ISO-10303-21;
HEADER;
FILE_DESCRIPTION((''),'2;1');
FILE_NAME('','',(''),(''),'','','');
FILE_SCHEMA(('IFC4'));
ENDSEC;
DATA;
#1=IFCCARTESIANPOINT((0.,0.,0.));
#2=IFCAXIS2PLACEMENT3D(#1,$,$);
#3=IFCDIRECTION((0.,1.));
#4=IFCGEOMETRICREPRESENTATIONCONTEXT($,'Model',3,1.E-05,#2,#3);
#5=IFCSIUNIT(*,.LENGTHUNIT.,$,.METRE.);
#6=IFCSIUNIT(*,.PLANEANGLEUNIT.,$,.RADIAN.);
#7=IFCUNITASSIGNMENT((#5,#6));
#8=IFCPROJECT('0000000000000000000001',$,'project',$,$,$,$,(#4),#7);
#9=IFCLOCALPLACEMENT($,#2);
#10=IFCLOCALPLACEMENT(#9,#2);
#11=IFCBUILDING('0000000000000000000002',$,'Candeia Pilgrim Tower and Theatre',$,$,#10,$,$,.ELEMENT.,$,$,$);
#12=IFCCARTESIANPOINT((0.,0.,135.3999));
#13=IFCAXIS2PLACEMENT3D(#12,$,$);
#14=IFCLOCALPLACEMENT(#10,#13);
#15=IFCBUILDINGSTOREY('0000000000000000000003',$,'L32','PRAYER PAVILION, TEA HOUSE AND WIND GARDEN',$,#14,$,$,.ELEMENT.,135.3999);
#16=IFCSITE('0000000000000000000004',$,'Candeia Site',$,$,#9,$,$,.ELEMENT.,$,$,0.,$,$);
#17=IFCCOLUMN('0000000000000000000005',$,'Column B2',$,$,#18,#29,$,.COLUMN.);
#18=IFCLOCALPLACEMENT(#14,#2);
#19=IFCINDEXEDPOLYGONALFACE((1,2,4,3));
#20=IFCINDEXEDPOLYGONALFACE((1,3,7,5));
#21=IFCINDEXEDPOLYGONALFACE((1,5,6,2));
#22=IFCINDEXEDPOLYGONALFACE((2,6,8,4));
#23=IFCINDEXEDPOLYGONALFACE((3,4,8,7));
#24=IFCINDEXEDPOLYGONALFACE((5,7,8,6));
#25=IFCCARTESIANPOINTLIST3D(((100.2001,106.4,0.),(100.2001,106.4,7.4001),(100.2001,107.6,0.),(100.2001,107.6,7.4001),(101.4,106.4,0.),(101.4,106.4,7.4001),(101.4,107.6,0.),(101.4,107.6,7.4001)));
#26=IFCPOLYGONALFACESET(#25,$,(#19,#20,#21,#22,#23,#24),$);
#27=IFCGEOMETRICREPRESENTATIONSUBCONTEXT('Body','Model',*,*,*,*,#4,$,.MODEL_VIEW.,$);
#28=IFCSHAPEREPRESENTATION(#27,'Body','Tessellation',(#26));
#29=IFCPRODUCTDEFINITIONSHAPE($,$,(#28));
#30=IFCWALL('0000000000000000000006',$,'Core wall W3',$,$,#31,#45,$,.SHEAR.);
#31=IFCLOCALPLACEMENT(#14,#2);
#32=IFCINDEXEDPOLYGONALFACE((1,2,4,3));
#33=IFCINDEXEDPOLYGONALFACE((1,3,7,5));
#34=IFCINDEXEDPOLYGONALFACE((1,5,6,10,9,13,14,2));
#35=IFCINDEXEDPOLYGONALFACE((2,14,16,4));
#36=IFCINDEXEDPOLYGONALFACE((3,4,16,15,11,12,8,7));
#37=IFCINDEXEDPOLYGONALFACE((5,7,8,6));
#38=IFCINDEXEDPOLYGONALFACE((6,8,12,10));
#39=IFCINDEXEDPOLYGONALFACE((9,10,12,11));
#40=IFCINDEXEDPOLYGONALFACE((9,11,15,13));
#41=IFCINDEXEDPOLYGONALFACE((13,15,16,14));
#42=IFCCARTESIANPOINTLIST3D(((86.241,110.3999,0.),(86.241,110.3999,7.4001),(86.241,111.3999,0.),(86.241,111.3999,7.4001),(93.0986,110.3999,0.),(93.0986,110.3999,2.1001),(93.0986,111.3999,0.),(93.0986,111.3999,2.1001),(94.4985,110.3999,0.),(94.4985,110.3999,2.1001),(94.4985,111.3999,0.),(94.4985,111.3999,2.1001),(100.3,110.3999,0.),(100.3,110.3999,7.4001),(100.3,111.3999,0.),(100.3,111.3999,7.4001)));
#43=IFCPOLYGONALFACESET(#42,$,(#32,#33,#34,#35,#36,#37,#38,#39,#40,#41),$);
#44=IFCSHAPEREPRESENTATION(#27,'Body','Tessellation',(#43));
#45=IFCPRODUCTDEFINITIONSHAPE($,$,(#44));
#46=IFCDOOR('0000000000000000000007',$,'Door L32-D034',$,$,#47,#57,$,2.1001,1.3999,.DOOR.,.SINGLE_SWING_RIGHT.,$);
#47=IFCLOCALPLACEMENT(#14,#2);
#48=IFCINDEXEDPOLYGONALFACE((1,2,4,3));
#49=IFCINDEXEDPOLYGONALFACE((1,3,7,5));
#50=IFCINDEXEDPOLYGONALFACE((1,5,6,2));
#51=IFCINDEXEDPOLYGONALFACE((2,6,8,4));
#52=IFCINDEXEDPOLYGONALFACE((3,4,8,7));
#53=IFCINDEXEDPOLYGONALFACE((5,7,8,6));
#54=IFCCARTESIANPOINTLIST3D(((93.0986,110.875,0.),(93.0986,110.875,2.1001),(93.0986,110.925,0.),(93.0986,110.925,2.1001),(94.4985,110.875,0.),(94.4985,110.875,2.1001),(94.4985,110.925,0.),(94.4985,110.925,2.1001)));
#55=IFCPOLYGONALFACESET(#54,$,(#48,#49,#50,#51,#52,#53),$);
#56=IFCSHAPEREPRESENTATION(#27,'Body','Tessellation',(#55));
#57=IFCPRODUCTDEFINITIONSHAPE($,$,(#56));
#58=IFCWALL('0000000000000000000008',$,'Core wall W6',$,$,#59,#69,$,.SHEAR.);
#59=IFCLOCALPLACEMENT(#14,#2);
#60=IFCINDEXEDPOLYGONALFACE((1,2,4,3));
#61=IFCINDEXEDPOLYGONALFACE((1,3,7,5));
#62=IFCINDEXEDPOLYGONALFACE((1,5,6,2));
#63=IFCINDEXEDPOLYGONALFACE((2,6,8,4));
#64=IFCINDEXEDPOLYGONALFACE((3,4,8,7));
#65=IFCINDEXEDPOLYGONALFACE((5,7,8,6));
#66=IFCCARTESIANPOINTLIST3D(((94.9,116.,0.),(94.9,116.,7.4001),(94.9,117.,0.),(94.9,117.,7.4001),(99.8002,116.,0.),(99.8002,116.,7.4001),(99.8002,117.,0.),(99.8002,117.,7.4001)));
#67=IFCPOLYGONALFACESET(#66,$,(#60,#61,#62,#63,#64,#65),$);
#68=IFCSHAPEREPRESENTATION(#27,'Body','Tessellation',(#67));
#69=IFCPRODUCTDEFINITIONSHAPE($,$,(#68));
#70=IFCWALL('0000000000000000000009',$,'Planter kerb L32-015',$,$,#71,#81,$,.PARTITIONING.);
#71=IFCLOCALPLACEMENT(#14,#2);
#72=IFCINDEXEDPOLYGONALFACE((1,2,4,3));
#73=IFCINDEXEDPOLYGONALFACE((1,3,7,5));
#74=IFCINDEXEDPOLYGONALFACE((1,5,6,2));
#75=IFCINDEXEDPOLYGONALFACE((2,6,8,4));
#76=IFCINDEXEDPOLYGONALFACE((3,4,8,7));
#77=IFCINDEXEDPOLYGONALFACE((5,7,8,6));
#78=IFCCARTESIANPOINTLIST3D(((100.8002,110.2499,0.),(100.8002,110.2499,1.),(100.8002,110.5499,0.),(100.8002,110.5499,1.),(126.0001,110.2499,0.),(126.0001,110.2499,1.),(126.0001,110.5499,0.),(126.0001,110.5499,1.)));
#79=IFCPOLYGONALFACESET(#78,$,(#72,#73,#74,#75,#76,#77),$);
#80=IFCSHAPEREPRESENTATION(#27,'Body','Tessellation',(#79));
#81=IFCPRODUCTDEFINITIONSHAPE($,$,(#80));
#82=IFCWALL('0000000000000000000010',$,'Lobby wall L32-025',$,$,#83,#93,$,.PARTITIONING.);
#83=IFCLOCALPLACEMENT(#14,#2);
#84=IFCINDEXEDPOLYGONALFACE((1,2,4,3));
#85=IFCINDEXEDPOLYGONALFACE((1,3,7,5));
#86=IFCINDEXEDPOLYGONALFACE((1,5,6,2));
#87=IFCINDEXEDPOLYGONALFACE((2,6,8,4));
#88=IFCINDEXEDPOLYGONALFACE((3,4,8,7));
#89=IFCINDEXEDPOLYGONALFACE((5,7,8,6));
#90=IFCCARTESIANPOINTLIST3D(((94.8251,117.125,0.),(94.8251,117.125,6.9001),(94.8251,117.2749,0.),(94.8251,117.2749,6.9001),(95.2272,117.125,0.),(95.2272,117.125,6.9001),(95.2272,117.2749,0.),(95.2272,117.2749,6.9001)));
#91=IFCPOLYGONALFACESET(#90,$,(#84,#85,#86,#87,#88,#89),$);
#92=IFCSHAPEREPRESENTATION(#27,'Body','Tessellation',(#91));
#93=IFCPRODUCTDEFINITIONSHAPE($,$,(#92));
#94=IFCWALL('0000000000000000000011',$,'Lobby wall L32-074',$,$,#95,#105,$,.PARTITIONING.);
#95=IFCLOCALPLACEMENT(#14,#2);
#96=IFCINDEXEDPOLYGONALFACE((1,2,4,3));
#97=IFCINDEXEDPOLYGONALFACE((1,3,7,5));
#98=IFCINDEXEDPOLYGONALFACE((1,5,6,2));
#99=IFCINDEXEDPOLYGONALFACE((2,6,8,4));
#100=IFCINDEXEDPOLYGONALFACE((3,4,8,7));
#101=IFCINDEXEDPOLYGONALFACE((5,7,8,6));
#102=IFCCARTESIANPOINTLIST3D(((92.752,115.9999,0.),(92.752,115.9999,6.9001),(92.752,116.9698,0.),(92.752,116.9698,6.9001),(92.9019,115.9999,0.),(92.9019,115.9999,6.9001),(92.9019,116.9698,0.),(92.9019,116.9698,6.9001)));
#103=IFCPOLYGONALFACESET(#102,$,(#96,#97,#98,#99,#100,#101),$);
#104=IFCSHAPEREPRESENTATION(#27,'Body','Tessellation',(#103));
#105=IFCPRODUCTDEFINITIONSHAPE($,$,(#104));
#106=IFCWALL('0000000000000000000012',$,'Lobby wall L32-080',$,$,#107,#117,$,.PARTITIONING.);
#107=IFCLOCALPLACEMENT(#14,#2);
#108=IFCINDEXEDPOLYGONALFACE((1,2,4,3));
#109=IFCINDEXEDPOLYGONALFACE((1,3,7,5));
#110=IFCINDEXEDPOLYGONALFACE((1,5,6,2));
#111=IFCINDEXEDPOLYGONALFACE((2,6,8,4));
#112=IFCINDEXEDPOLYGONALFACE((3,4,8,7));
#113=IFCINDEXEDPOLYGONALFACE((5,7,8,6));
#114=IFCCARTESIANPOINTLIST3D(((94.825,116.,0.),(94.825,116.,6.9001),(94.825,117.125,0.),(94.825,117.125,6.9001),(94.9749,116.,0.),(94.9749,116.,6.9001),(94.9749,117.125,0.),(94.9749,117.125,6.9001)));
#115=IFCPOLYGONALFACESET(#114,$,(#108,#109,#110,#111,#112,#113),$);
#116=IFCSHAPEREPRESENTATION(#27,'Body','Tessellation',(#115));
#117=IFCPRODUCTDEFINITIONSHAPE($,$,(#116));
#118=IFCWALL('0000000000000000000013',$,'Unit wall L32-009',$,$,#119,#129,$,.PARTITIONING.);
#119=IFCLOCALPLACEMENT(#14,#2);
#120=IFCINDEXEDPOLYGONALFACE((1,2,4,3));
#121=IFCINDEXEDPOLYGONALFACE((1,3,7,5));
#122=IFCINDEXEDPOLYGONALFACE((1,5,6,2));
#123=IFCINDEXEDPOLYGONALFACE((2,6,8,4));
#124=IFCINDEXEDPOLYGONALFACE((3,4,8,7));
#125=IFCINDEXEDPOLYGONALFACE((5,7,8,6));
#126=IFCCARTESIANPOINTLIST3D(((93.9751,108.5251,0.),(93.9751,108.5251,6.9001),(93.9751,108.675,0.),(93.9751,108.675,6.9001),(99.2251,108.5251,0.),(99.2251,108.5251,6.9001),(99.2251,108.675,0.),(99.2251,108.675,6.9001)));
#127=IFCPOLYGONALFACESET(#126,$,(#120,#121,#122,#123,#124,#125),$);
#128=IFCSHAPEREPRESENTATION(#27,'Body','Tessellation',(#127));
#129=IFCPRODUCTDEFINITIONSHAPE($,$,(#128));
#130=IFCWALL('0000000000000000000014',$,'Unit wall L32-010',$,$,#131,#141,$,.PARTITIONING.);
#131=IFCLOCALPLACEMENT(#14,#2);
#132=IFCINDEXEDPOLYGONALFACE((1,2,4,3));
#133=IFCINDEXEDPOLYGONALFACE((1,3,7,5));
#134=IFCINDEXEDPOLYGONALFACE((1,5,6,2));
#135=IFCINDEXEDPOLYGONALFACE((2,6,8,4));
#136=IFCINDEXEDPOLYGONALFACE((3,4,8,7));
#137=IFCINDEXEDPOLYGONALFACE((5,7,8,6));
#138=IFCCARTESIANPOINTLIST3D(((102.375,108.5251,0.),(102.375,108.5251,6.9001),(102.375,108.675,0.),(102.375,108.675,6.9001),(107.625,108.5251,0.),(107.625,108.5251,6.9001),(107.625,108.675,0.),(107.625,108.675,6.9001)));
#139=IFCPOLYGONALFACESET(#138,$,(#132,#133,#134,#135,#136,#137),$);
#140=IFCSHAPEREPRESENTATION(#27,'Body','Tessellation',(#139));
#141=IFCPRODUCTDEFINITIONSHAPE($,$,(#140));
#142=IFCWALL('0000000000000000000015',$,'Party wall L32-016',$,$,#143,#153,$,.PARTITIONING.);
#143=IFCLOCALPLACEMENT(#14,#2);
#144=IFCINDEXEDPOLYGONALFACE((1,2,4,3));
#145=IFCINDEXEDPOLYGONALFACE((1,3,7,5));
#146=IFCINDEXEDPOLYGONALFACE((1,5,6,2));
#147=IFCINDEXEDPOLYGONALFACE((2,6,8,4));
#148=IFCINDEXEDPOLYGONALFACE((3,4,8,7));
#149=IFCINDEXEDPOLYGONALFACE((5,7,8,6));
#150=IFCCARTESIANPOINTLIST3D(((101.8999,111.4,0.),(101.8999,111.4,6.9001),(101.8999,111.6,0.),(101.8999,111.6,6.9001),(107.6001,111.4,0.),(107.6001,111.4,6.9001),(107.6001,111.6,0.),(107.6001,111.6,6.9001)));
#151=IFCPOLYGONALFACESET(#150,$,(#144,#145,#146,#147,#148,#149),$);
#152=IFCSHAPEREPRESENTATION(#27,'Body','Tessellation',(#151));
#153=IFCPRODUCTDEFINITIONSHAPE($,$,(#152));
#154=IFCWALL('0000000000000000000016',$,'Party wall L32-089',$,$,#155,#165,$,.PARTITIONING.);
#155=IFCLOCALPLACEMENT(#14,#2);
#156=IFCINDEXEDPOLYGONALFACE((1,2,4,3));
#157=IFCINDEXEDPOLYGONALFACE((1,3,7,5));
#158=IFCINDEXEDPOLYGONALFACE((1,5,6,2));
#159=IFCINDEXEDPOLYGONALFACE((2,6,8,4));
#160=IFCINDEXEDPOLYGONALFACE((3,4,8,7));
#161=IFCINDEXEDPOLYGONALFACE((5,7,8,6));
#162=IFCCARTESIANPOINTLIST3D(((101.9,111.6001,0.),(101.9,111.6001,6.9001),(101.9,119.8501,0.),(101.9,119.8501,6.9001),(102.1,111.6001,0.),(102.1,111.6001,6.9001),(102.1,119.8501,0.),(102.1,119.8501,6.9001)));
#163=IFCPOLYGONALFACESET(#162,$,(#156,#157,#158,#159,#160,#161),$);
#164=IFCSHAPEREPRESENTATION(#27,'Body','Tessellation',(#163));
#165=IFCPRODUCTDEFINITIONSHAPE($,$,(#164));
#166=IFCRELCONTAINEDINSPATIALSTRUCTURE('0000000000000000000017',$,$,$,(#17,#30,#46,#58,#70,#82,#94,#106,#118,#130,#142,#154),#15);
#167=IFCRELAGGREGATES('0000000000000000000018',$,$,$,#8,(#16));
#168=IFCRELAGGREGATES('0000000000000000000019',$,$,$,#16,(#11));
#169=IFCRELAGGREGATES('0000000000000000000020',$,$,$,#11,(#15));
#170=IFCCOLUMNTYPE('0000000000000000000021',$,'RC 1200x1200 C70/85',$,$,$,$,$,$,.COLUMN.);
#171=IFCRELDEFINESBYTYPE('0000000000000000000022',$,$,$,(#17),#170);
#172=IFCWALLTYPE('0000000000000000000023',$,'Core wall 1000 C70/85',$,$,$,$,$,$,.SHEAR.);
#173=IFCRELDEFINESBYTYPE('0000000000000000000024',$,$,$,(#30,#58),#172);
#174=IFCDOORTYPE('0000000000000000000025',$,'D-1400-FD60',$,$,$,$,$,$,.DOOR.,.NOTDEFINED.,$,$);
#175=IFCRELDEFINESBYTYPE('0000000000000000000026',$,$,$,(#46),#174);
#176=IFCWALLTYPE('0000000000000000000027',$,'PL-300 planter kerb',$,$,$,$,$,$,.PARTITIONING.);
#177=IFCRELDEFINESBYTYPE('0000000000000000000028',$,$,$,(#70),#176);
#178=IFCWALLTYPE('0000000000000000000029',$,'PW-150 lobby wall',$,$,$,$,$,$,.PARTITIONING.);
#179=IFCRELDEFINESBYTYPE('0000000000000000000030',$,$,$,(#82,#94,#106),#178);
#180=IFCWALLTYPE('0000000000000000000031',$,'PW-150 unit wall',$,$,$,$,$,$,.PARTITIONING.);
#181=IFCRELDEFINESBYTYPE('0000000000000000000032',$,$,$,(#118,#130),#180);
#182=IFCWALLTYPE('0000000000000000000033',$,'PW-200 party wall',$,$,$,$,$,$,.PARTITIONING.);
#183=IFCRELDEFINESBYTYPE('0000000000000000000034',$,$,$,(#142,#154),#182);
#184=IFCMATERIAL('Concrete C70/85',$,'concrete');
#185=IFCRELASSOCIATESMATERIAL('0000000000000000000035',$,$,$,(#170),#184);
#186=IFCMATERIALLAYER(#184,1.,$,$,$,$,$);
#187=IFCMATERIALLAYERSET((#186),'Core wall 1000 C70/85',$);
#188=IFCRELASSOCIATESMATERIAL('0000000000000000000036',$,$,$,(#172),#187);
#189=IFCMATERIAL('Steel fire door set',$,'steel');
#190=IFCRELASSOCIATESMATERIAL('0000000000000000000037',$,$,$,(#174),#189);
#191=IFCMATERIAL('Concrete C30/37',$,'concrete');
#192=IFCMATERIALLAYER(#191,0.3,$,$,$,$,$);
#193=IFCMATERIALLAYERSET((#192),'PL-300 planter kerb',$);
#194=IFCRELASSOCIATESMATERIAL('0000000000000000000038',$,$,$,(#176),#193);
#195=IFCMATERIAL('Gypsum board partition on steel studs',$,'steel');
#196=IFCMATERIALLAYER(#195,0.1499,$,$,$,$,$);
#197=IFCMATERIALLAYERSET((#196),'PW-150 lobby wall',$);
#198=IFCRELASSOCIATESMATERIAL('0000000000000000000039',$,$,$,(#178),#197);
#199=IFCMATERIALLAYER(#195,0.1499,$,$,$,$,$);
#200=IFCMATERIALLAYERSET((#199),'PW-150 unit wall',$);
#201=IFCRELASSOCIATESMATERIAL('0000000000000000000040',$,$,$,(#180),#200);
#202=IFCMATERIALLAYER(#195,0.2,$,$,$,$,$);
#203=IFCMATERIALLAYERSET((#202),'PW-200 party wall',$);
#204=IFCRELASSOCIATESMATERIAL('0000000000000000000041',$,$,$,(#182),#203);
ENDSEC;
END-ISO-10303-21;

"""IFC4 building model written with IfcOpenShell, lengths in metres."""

from ifc_helpers import new_model, si_unit, direction, frame, frame_2d, origin, origin_2d, place, context, subcontext, project, spatial, rectangle, extrude, material, layer, layer_set, material_profile, profile_set, type_object, element, fill, save


model = new_model("IFC4")

# Units and contexts
model_context = context("Model", 3, precision=1e-05, world=origin(), true_north=direction((0.0, 1.0)))
body_context = subcontext(model_context, "Body", "Model", "MODEL_VIEW")
ifc_project = project(units=[si_unit("LENGTHUNIT", "METRE"), si_unit("PLANEANGLEUNIT", "RADIAN")], contexts=[model_context])

# Site, building, storey
site_placement = place(None, origin())
site = spatial("IfcSite", under=ifc_project, at=site_placement, Name="Candeia Site", CompositionType="ELEMENT", RefElevation=0.0)
building_placement = place(site_placement, origin())
building = spatial("IfcBuilding", under=site, at=building_placement, Name="Candeia Pilgrim Tower and Theatre", CompositionType="ELEMENT")
storey_placement = place(building_placement, frame((0.0, 0.0, 135.3999)))
storey = spatial("IfcBuildingStorey", under=building, at=storey_placement, Name="L32", Description="PRAYER PAVILION, TEA HOUSE AND WIND GARDEN", CompositionType="ELEMENT", Elevation=135.3999)

# Column
ifc_material_1 = material(Name="Concrete C70/85", Category="concrete")
ifc_material_profile = material_profile(ifc_material_1, rectangle(XDim=1.2, YDim=1.2, at=origin_2d()))
ifc_profile_set = profile_set([ifc_material_profile], Name="Concrete C70/85")
column_type = type_object("IfcColumnType", Name="RC 1200x1200 C70/85", PredefinedType="COLUMN", material=ifc_profile_set)
column_placement = place(storey_placement, frame((100.8, 107.0, 0.0), z_axis=(0.0, 0.0, 1.0), x_axis=(1.0, 0.0, 0.0)))
element("IfcColumn", 1, at=column_placement, inside=storey, type_object=column_type, Name="Column B2", PredefinedType="COLUMN", context=body_context, shape_type="SweptSolid", body=[
    extrude(rectangle(XDim=1.2, YDim=1.2, at=origin_2d()), origin(), (0.0, 0.0, 1.0), 7.4001),
])

# Wall, opening, door
ifc_layer_1 = layer(ifc_material_1, 1.0)
ifc_layer_set_1 = layer_set([ifc_layer_1], Name="Core wall 1000 C70/85")
wall_type_1 = type_object("IfcWallType", Name="Core wall 1000 C70/85", PredefinedType="SHEAR", material=ifc_layer_set_1)
wall_1_placement = place(storey_placement, frame((100.3, 110.8999, 0.0), z_axis=(0.0, 0.0, 1.0), x_axis=(-1.0, 0.0, 0.0)))
wall_1 = element("IfcWall", 2, at=wall_1_placement, inside=storey, type_object=wall_type_1, Name="Core wall W3", PredefinedType="SHEAR", context=body_context, shape_type="SweptSolid", body=[
    extrude(rectangle(XDim=14.0591, YDim=1.0, at=frame_2d((7.0295, 0.0))), origin(), (0.0, 0.0, 1.0), 7.4001),
])
opening_1_placement = place(wall_1_placement, frame((5.8015, 0.0, 0.0)))
opening_1 = element("IfcOpeningElement", 3, at=opening_1_placement, cuts=wall_1, PredefinedType="OPENING", context=body_context, shape_type="SweptSolid", body=[
    extrude(rectangle(XDim=1.3999, YDim=2.1001, at=frame_2d((0.7, 1.05))), frame((0.0, 0.51, 0.0), z_axis=(0.0, -1.0, 0.0), x_axis=(1.0, 0.0, 0.0)), (0.0, 0.0, 1.0), 1.02),
])
ifc_material_2 = material(Name="Steel fire door set", Category="steel")
door_type_1 = type_object("IfcDoorType", Name="D-1400-FD60", OperationType="NOTDEFINED", PredefinedType="DOOR", material=ifc_material_2)
door_1_placement = place(opening_1_placement, origin())
door_1 = element("IfcDoor", 4, at=door_1_placement, inside=storey, type_object=door_type_1, Name="Door L32-D034", OperationType="SINGLE_SWING_RIGHT", OverallHeight=2.1001, OverallWidth=1.3999, PredefinedType="DOOR", context=body_context, shape_type="SweptSolid", body=[
    extrude(rectangle(XDim=1.3999, YDim=2.1001, at=frame_2d((0.7, 1.05))), frame((0.0, 0.0249, 0.0), z_axis=(0.0, -1.0, 0.0), x_axis=(1.0, 0.0, 0.0)), (0.0, 0.0, 1.0), 0.05),
])
fill(opening_1, door_1)

# Walls
wall_2_placement = place(storey_placement, frame((94.8999, 116.5, 0.0), z_axis=(0.0, 0.0, 1.0), x_axis=(1.0, 0.0, 0.0)))
element("IfcWall", 5, at=wall_2_placement, inside=storey, type_object=wall_type_1, Name="Core wall W6", PredefinedType="SHEAR", context=body_context, shape_type="SweptSolid", body=[
    extrude(rectangle(XDim=4.9001, YDim=1.0, at=frame_2d((2.4502, 0.0))), origin(), (0.0, 0.0, 1.0), 7.4001),
])
ifc_material_3 = material(Name="Concrete C30/37", Category="concrete")
ifc_layer_2 = layer(ifc_material_3, 0.3)
ifc_layer_set_2 = layer_set([ifc_layer_2], Name="PL-300 planter kerb")
wall_type_2 = type_object("IfcWallType", Name="PL-300 planter kerb", PredefinedType="PARTITIONING", material=ifc_layer_set_2)
wall_3_placement = place(storey_placement, frame((100.8, 110.3999, 0.0), z_axis=(0.0, 0.0, 1.0), x_axis=(1.0, 0.0, 0.0)))
element("IfcWall", 6, at=wall_3_placement, inside=storey, type_object=wall_type_2, Name="Planter kerb L32-015", PredefinedType="PARTITIONING", context=body_context, shape_type="SweptSolid", body=[
    extrude(rectangle(XDim=25.2, YDim=0.3, at=frame_2d((12.6001, 0.0))), origin(), (0.0, 0.0, 1.0), 1.0),
])
ifc_material_4 = material(Name="Gypsum board partition on steel studs", Category="steel")
ifc_layer_3 = layer(ifc_material_4, 0.1499)
ifc_layer_set_3 = layer_set([ifc_layer_3], Name="PW-150 lobby wall")
wall_type_3 = type_object("IfcWallType", Name="PW-150 lobby wall", PredefinedType="PARTITIONING", material=ifc_layer_set_3)
wall_4_placement = place(storey_placement, frame((94.825, 117.2, 0.0), z_axis=(0.0, 0.0, 1.0), x_axis=(1.0, 0.0, 0.0)))
element("IfcWall", 7, at=wall_4_placement, inside=storey, type_object=wall_type_3, Name="Lobby wall L32-025", PredefinedType="PARTITIONING", context=body_context, shape_type="SweptSolid", body=[
    extrude(rectangle(XDim=0.4021, YDim=0.1499, at=frame_2d((0.2012, 0.0))), origin(), (0.0, 0.0, 1.0), 6.9001),
])
wall_5_placement = place(storey_placement, frame((92.8269, 116.0, 0.0), z_axis=(0.0, 0.0, 1.0), x_axis=(0.0, 1.0, 0.0)))
element("IfcWall", 8, at=wall_5_placement, inside=storey, type_object=wall_type_3, Name="Lobby wall L32-074", PredefinedType="PARTITIONING", context=body_context, shape_type="SweptSolid", body=[
    extrude(rectangle(XDim=0.97, YDim=0.1499, at=frame_2d((0.4849, 0.0))), origin(), (0.0, 0.0, 1.0), 6.9001),
])
wall_6_placement = place(storey_placement, frame((94.8999, 116.0, 0.0), z_axis=(0.0, 0.0, 1.0), x_axis=(0.0, 1.0, 0.0)))
element("IfcWall", 9, at=wall_6_placement, inside=storey, type_object=wall_type_3, Name="Lobby wall L32-080", PredefinedType="PARTITIONING", context=body_context, shape_type="SweptSolid", body=[
    extrude(rectangle(XDim=1.125, YDim=0.1499, at=frame_2d((0.5625, 0.0))), origin(), (0.0, 0.0, 1.0), 6.9001),
])
ifc_layer_4 = layer(ifc_material_4, 0.1499)
ifc_layer_set_4 = layer_set([ifc_layer_4], Name="PW-150 unit wall")
wall_type_4 = type_object("IfcWallType", Name="PW-150 unit wall", PredefinedType="PARTITIONING", material=ifc_layer_set_4)
for number, where, z_axis, x_axis, name in (
    (10, (93.9751, 108.6001, 0.0), (0.0, 0.0, 1.0), (1.0, 0.0, 0.0), "Unit wall L32-009"),
    (11, (102.375, 108.6001, 0.0), (0.0, 0.0, 1.0), (1.0, 0.0, 0.0), "Unit wall L32-010"),
):
    element("IfcWall", number, at=place(storey_placement, frame(where, z_axis=z_axis, x_axis=x_axis)), inside=storey, type_object=wall_type_4, Name=name, PredefinedType="PARTITIONING", context=body_context, shape_type="SweptSolid", body=[
        extrude(rectangle(XDim=5.25, YDim=0.1499, at=frame_2d((2.625, 0.0))), origin(), (0.0, 0.0, 1.0), 6.9001),
    ])
ifc_layer_5 = layer(ifc_material_4, 0.2)
ifc_layer_set_5 = layer_set([ifc_layer_5], Name="PW-200 party wall")
wall_type_5 = type_object("IfcWallType", Name="PW-200 party wall", PredefinedType="PARTITIONING", material=ifc_layer_set_5)
wall_7_placement = place(storey_placement, frame((101.8999, 111.5, 0.0), z_axis=(0.0, 0.0, 1.0), x_axis=(1.0, 0.0, 0.0)))
element("IfcWall", 12, at=wall_7_placement, inside=storey, type_object=wall_type_5, Name="Party wall L32-016", PredefinedType="PARTITIONING", context=body_context, shape_type="SweptSolid", body=[
    extrude(rectangle(XDim=5.7002, YDim=0.2, at=frame_2d((2.8501, 0.0))), origin(), (0.0, 0.0, 1.0), 6.9001),
])
wall_8_placement = place(storey_placement, frame((102.0, 111.6001, 0.0), z_axis=(0.0, 0.0, 1.0), x_axis=(0.0, 1.0, 0.0)))
element("IfcWall", 13, at=wall_8_placement, inside=storey, type_object=wall_type_5, Name="Party wall L32-089", PredefinedType="PARTITIONING", context=body_context, shape_type="SweptSolid", body=[
    extrude(rectangle(XDim=8.25, YDim=0.2, at=frame_2d((4.125, 0.0))), origin(), (0.0, 0.0, 1.0), 6.9001),
])

save(model, "model.ifc")
